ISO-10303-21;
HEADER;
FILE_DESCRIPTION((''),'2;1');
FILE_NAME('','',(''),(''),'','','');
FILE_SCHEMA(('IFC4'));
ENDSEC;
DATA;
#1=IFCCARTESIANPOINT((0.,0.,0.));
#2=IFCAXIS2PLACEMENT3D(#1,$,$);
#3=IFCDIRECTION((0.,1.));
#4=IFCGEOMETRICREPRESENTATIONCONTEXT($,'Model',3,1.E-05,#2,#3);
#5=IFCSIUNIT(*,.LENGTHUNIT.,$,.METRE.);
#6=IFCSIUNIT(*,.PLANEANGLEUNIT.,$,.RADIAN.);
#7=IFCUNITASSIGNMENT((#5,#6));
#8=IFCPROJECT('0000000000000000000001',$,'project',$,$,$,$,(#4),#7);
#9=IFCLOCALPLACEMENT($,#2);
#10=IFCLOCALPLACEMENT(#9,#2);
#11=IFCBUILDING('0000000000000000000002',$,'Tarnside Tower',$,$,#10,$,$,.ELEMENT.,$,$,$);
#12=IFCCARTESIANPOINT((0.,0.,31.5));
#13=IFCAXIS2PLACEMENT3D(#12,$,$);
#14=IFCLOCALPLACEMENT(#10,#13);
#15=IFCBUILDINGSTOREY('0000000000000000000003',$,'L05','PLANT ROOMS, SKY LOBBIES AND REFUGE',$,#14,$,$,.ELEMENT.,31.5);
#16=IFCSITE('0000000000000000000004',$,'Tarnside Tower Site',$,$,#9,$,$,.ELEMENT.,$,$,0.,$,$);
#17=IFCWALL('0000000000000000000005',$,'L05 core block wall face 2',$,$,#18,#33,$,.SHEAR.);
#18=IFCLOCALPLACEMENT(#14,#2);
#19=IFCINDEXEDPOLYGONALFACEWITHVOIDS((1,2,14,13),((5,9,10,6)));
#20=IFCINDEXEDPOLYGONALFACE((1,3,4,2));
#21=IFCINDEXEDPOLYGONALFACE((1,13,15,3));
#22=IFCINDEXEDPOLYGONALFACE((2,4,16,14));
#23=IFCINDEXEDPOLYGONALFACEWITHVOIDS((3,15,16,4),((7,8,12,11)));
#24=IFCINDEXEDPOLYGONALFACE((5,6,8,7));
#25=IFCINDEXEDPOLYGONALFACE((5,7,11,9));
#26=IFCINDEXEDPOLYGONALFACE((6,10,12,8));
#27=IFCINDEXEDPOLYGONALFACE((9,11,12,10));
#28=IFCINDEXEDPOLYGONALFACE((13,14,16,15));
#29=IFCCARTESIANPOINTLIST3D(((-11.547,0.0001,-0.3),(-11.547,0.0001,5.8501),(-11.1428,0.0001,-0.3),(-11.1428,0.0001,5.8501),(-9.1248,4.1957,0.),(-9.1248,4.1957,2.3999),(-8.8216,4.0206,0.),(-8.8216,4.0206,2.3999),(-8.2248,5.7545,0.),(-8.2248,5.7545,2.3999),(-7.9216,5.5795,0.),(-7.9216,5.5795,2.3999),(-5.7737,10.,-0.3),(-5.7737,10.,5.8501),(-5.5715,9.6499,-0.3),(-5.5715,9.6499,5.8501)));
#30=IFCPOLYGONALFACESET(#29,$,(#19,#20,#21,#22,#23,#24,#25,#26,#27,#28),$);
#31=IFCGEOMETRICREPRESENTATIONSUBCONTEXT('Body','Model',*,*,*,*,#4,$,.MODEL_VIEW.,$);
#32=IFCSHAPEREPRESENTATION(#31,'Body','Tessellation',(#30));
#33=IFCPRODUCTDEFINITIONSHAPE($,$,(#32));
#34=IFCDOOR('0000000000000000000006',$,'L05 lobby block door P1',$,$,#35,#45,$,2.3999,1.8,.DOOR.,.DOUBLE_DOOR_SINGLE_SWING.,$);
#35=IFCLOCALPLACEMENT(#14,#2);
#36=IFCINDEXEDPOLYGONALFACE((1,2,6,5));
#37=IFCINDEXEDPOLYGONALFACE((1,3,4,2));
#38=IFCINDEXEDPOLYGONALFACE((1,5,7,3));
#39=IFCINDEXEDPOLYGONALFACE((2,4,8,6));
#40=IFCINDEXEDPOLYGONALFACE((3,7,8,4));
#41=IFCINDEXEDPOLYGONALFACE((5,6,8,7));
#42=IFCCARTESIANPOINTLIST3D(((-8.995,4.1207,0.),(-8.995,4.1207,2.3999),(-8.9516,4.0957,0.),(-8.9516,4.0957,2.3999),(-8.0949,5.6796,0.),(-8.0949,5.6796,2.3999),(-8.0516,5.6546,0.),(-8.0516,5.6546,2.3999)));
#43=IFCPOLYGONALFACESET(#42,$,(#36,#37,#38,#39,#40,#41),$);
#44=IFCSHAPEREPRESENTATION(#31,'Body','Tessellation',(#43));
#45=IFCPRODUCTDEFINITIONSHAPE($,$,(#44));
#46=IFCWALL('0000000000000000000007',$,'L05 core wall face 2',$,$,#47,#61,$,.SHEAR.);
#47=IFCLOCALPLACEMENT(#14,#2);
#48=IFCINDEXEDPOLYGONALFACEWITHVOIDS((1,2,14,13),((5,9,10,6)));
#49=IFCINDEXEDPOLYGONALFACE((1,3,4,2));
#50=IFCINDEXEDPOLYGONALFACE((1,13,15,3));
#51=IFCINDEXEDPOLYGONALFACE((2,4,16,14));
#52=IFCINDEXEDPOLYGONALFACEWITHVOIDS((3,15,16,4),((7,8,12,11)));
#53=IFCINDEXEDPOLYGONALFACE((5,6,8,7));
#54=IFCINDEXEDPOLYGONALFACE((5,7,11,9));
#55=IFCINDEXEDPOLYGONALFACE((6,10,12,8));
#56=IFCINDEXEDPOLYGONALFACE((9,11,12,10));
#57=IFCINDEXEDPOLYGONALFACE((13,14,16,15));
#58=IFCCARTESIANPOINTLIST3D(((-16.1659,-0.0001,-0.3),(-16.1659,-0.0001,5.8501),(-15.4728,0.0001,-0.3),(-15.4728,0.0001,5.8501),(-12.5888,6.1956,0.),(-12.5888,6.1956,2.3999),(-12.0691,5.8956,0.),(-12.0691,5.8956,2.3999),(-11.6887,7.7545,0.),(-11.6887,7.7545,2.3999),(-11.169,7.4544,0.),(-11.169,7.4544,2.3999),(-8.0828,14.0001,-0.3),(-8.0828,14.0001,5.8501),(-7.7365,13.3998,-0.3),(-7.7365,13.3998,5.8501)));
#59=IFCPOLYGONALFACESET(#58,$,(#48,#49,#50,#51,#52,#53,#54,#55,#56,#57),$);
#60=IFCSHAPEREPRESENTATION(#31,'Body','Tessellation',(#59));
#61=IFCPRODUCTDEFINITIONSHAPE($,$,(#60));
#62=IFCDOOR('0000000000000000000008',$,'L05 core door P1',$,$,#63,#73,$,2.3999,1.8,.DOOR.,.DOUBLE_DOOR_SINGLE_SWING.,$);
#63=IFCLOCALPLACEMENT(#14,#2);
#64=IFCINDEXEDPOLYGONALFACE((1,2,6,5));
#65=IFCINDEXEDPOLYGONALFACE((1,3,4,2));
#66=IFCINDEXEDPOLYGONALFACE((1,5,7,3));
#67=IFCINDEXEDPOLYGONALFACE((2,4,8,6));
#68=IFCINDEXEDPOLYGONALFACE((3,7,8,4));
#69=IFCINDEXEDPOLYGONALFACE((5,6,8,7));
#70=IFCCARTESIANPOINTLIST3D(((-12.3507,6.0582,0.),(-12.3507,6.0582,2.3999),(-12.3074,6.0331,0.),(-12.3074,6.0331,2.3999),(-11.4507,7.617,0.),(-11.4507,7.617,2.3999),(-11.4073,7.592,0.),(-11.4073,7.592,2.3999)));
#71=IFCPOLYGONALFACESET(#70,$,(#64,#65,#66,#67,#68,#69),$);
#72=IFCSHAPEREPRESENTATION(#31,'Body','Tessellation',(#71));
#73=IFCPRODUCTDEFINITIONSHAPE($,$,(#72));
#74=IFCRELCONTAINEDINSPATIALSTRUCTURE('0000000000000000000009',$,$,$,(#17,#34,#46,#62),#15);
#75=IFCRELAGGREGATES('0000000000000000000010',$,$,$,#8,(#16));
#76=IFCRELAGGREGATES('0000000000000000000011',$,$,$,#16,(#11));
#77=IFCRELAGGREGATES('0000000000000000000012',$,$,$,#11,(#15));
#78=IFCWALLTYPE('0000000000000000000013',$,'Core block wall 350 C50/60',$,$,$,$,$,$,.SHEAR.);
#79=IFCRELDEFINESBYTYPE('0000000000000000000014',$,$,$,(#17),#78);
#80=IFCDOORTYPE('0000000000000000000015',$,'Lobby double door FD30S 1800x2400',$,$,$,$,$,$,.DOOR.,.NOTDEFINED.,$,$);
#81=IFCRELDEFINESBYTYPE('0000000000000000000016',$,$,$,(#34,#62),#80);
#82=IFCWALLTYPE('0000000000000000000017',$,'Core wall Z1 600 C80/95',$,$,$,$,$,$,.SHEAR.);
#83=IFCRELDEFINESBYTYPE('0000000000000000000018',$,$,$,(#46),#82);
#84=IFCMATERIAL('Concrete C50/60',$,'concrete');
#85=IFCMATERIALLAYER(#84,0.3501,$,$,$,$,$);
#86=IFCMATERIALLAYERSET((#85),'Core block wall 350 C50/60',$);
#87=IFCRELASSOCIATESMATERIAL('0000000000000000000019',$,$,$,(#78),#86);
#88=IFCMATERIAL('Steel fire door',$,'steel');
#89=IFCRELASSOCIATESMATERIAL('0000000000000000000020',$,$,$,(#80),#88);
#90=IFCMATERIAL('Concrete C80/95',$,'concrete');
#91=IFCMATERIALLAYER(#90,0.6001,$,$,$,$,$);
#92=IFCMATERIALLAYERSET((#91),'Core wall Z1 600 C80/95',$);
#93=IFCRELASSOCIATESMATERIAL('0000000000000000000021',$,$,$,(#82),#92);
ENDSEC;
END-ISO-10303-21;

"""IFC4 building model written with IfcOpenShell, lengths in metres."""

from ifc_helpers import new_model, si_unit, direction, frame, frame_2d, origin, place, context, subcontext, project, spatial, polyline, rectangle, outline, extrude, material, layer, layer_set, type_object, element, fill, save


model = new_model("IFC4")

# Units and contexts
model_context = context("Model", 3, precision=1e-05, world=origin(), true_north=direction((0.0, 1.0)))
body_context = subcontext(model_context, "Body", "Model", "MODEL_VIEW")
ifc_project = project(units=[si_unit("LENGTHUNIT", "METRE"), si_unit("PLANEANGLEUNIT", "RADIAN")], contexts=[model_context])

# Site, building, storey
site_placement = place(None, origin())
site = spatial("IfcSite", under=ifc_project, at=site_placement, Name="Tarnside Tower Site", CompositionType="ELEMENT", RefElevation=0.0)
building_placement = place(site_placement, origin())
building = spatial("IfcBuilding", under=site, at=building_placement, Name="Tarnside Tower", CompositionType="ELEMENT")
storey_placement = place(building_placement, frame((0.0, 0.0, 31.5)))
storey = spatial("IfcBuildingStorey", under=building, at=storey_placement, Name="L05", Description="PLANT ROOMS, SKY LOBBIES AND REFUGE", CompositionType="ELEMENT", Elevation=31.5)

# Walls, openings, doors
ifc_material_1 = material(Name="Concrete C50/60", Category="concrete")
ifc_layer_1 = layer(ifc_material_1, 0.3501)
ifc_layer_set_1 = layer_set([ifc_layer_1], Name="Core block wall 350 C50/60")
wall_type_1 = type_object("IfcWallType", Name="Core block wall 350 C50/60", PredefinedType="SHEAR", material=ifc_layer_set_1)
wall_1_placement = place(storey_placement, frame((-5.6726, 9.825, -0.3), z_axis=(0.0, 0.0, 1.0), x_axis=(-0.499995, -0.866028, 0.0)))
wall_1 = element("IfcWall", 1, at=wall_1_placement, inside=storey, type_object=wall_type_1, Name="L05 core block wall face 2", PredefinedType="SHEAR", context=body_context, shape_type="SweptSolid", body=[
    extrude(outline(polyline([(-0.1011, -0.175), (11.4458, -0.175), (11.2437, 0.175), (0.1011, 0.175), (-0.1011, -0.175)])), origin(), (0.0, 0.0, 1.0), 6.1501),
])
opening_1_placement = place(wall_1_placement, frame((4.8013, 0.0, 0.3)))
opening_1 = element("IfcOpeningElement", 2, at=opening_1_placement, cuts=wall_1, PredefinedType="OPENING", context=body_context, shape_type="SweptSolid", body=[
    extrude(rectangle(XDim=1.8, YDim=2.3999, at=frame_2d((0.8999, 1.2))), frame((0.0, 0.1851, 0.0), z_axis=(0.0, -1.0, 0.0), x_axis=(1.0, 0.0, 0.0)), (0.0, 0.0, 1.0), 0.3701),
])
ifc_material_2 = material(Name="Steel fire door", Category="steel")
door_type_1 = type_object("IfcDoorType", Name="Lobby double door FD30S 1800x2400", OperationType="NOTDEFINED", PredefinedType="DOOR", material=ifc_material_2)
door_1_placement = place(opening_1_placement, origin())
door_1 = element("IfcDoor", 3, at=door_1_placement, inside=storey, type_object=door_type_1, Name="L05 lobby block door P1", OperationType="DOUBLE_DOOR_SINGLE_SWING", OverallHeight=2.3999, OverallWidth=1.8, PredefinedType="DOOR", context=body_context, shape_type="SweptSolid", body=[
    extrude(rectangle(XDim=1.8, YDim=2.3999, at=frame_2d((0.8999, 1.2))), frame((0.0, 0.0249, 0.0), z_axis=(0.0, -1.0, 0.0), x_axis=(1.0, 0.0, 0.0)), (0.0, 0.0, 1.0), 0.05),
])
fill(opening_1, door_1)
ifc_material_3 = material(Name="Concrete C80/95", Category="concrete")
ifc_layer_2 = layer(ifc_material_3, 0.6001)
ifc_layer_set_2 = layer_set([ifc_layer_2], Name="Core wall Z1 600 C80/95")
wall_type_2 = type_object("IfcWallType", Name="Core wall Z1 600 C80/95", PredefinedType="SHEAR", material=ifc_layer_set_2)
wall_2_placement = place(storey_placement, frame((-7.9097, 13.7, -0.3), z_axis=(0.0, 0.0, 1.0), x_axis=(-0.5, -0.866025, 0.0)))
wall_2 = element("IfcWall", 4, at=wall_2_placement, inside=storey, type_object=wall_type_2, Name="L05 core wall face 2", PredefinedType="SHEAR", context=body_context, shape_type="SweptSolid", body=[
    extrude(outline(polyline([(-0.1733, -0.3), (15.9927, -0.3), (15.646, 0.3), (0.1733, 0.3), (-0.1733, -0.3)])), origin(), (0.0, 0.0, 1.0), 6.1501),
])
opening_2_placement = place(wall_2_placement, frame((7.0386, 0.0, 0.3)))
opening_2 = element("IfcOpeningElement", 5, at=opening_2_placement, cuts=wall_2, PredefinedType="OPENING", context=body_context, shape_type="SweptSolid", body=[
    extrude(rectangle(XDim=1.8, YDim=2.3999, at=frame_2d((0.8999, 1.2))), frame((0.0, 0.3101, 0.0), z_axis=(0.0, -1.0, 0.0), x_axis=(1.0, 0.0, 0.0)), (0.0, 0.0, 1.0), 0.6201),
])
door_2_placement = place(opening_2_placement, origin())
door_2 = element("IfcDoor", 6, at=door_2_placement, inside=storey, type_object=door_type_1, Name="L05 core door P1", OperationType="DOUBLE_DOOR_SINGLE_SWING", OverallHeight=2.3999, OverallWidth=1.8, PredefinedType="DOOR", context=body_context, shape_type="SweptSolid", body=[
    extrude(rectangle(XDim=1.8, YDim=2.3999, at=frame_2d((0.8999, 1.2))), frame((0.0, 0.0249, 0.0), z_axis=(0.0, -1.0, 0.0), x_axis=(1.0, 0.0, 0.0)), (0.0, 0.0, 1.0), 0.05),
])
fill(opening_2, door_2)

save(model, "model.ifc")
